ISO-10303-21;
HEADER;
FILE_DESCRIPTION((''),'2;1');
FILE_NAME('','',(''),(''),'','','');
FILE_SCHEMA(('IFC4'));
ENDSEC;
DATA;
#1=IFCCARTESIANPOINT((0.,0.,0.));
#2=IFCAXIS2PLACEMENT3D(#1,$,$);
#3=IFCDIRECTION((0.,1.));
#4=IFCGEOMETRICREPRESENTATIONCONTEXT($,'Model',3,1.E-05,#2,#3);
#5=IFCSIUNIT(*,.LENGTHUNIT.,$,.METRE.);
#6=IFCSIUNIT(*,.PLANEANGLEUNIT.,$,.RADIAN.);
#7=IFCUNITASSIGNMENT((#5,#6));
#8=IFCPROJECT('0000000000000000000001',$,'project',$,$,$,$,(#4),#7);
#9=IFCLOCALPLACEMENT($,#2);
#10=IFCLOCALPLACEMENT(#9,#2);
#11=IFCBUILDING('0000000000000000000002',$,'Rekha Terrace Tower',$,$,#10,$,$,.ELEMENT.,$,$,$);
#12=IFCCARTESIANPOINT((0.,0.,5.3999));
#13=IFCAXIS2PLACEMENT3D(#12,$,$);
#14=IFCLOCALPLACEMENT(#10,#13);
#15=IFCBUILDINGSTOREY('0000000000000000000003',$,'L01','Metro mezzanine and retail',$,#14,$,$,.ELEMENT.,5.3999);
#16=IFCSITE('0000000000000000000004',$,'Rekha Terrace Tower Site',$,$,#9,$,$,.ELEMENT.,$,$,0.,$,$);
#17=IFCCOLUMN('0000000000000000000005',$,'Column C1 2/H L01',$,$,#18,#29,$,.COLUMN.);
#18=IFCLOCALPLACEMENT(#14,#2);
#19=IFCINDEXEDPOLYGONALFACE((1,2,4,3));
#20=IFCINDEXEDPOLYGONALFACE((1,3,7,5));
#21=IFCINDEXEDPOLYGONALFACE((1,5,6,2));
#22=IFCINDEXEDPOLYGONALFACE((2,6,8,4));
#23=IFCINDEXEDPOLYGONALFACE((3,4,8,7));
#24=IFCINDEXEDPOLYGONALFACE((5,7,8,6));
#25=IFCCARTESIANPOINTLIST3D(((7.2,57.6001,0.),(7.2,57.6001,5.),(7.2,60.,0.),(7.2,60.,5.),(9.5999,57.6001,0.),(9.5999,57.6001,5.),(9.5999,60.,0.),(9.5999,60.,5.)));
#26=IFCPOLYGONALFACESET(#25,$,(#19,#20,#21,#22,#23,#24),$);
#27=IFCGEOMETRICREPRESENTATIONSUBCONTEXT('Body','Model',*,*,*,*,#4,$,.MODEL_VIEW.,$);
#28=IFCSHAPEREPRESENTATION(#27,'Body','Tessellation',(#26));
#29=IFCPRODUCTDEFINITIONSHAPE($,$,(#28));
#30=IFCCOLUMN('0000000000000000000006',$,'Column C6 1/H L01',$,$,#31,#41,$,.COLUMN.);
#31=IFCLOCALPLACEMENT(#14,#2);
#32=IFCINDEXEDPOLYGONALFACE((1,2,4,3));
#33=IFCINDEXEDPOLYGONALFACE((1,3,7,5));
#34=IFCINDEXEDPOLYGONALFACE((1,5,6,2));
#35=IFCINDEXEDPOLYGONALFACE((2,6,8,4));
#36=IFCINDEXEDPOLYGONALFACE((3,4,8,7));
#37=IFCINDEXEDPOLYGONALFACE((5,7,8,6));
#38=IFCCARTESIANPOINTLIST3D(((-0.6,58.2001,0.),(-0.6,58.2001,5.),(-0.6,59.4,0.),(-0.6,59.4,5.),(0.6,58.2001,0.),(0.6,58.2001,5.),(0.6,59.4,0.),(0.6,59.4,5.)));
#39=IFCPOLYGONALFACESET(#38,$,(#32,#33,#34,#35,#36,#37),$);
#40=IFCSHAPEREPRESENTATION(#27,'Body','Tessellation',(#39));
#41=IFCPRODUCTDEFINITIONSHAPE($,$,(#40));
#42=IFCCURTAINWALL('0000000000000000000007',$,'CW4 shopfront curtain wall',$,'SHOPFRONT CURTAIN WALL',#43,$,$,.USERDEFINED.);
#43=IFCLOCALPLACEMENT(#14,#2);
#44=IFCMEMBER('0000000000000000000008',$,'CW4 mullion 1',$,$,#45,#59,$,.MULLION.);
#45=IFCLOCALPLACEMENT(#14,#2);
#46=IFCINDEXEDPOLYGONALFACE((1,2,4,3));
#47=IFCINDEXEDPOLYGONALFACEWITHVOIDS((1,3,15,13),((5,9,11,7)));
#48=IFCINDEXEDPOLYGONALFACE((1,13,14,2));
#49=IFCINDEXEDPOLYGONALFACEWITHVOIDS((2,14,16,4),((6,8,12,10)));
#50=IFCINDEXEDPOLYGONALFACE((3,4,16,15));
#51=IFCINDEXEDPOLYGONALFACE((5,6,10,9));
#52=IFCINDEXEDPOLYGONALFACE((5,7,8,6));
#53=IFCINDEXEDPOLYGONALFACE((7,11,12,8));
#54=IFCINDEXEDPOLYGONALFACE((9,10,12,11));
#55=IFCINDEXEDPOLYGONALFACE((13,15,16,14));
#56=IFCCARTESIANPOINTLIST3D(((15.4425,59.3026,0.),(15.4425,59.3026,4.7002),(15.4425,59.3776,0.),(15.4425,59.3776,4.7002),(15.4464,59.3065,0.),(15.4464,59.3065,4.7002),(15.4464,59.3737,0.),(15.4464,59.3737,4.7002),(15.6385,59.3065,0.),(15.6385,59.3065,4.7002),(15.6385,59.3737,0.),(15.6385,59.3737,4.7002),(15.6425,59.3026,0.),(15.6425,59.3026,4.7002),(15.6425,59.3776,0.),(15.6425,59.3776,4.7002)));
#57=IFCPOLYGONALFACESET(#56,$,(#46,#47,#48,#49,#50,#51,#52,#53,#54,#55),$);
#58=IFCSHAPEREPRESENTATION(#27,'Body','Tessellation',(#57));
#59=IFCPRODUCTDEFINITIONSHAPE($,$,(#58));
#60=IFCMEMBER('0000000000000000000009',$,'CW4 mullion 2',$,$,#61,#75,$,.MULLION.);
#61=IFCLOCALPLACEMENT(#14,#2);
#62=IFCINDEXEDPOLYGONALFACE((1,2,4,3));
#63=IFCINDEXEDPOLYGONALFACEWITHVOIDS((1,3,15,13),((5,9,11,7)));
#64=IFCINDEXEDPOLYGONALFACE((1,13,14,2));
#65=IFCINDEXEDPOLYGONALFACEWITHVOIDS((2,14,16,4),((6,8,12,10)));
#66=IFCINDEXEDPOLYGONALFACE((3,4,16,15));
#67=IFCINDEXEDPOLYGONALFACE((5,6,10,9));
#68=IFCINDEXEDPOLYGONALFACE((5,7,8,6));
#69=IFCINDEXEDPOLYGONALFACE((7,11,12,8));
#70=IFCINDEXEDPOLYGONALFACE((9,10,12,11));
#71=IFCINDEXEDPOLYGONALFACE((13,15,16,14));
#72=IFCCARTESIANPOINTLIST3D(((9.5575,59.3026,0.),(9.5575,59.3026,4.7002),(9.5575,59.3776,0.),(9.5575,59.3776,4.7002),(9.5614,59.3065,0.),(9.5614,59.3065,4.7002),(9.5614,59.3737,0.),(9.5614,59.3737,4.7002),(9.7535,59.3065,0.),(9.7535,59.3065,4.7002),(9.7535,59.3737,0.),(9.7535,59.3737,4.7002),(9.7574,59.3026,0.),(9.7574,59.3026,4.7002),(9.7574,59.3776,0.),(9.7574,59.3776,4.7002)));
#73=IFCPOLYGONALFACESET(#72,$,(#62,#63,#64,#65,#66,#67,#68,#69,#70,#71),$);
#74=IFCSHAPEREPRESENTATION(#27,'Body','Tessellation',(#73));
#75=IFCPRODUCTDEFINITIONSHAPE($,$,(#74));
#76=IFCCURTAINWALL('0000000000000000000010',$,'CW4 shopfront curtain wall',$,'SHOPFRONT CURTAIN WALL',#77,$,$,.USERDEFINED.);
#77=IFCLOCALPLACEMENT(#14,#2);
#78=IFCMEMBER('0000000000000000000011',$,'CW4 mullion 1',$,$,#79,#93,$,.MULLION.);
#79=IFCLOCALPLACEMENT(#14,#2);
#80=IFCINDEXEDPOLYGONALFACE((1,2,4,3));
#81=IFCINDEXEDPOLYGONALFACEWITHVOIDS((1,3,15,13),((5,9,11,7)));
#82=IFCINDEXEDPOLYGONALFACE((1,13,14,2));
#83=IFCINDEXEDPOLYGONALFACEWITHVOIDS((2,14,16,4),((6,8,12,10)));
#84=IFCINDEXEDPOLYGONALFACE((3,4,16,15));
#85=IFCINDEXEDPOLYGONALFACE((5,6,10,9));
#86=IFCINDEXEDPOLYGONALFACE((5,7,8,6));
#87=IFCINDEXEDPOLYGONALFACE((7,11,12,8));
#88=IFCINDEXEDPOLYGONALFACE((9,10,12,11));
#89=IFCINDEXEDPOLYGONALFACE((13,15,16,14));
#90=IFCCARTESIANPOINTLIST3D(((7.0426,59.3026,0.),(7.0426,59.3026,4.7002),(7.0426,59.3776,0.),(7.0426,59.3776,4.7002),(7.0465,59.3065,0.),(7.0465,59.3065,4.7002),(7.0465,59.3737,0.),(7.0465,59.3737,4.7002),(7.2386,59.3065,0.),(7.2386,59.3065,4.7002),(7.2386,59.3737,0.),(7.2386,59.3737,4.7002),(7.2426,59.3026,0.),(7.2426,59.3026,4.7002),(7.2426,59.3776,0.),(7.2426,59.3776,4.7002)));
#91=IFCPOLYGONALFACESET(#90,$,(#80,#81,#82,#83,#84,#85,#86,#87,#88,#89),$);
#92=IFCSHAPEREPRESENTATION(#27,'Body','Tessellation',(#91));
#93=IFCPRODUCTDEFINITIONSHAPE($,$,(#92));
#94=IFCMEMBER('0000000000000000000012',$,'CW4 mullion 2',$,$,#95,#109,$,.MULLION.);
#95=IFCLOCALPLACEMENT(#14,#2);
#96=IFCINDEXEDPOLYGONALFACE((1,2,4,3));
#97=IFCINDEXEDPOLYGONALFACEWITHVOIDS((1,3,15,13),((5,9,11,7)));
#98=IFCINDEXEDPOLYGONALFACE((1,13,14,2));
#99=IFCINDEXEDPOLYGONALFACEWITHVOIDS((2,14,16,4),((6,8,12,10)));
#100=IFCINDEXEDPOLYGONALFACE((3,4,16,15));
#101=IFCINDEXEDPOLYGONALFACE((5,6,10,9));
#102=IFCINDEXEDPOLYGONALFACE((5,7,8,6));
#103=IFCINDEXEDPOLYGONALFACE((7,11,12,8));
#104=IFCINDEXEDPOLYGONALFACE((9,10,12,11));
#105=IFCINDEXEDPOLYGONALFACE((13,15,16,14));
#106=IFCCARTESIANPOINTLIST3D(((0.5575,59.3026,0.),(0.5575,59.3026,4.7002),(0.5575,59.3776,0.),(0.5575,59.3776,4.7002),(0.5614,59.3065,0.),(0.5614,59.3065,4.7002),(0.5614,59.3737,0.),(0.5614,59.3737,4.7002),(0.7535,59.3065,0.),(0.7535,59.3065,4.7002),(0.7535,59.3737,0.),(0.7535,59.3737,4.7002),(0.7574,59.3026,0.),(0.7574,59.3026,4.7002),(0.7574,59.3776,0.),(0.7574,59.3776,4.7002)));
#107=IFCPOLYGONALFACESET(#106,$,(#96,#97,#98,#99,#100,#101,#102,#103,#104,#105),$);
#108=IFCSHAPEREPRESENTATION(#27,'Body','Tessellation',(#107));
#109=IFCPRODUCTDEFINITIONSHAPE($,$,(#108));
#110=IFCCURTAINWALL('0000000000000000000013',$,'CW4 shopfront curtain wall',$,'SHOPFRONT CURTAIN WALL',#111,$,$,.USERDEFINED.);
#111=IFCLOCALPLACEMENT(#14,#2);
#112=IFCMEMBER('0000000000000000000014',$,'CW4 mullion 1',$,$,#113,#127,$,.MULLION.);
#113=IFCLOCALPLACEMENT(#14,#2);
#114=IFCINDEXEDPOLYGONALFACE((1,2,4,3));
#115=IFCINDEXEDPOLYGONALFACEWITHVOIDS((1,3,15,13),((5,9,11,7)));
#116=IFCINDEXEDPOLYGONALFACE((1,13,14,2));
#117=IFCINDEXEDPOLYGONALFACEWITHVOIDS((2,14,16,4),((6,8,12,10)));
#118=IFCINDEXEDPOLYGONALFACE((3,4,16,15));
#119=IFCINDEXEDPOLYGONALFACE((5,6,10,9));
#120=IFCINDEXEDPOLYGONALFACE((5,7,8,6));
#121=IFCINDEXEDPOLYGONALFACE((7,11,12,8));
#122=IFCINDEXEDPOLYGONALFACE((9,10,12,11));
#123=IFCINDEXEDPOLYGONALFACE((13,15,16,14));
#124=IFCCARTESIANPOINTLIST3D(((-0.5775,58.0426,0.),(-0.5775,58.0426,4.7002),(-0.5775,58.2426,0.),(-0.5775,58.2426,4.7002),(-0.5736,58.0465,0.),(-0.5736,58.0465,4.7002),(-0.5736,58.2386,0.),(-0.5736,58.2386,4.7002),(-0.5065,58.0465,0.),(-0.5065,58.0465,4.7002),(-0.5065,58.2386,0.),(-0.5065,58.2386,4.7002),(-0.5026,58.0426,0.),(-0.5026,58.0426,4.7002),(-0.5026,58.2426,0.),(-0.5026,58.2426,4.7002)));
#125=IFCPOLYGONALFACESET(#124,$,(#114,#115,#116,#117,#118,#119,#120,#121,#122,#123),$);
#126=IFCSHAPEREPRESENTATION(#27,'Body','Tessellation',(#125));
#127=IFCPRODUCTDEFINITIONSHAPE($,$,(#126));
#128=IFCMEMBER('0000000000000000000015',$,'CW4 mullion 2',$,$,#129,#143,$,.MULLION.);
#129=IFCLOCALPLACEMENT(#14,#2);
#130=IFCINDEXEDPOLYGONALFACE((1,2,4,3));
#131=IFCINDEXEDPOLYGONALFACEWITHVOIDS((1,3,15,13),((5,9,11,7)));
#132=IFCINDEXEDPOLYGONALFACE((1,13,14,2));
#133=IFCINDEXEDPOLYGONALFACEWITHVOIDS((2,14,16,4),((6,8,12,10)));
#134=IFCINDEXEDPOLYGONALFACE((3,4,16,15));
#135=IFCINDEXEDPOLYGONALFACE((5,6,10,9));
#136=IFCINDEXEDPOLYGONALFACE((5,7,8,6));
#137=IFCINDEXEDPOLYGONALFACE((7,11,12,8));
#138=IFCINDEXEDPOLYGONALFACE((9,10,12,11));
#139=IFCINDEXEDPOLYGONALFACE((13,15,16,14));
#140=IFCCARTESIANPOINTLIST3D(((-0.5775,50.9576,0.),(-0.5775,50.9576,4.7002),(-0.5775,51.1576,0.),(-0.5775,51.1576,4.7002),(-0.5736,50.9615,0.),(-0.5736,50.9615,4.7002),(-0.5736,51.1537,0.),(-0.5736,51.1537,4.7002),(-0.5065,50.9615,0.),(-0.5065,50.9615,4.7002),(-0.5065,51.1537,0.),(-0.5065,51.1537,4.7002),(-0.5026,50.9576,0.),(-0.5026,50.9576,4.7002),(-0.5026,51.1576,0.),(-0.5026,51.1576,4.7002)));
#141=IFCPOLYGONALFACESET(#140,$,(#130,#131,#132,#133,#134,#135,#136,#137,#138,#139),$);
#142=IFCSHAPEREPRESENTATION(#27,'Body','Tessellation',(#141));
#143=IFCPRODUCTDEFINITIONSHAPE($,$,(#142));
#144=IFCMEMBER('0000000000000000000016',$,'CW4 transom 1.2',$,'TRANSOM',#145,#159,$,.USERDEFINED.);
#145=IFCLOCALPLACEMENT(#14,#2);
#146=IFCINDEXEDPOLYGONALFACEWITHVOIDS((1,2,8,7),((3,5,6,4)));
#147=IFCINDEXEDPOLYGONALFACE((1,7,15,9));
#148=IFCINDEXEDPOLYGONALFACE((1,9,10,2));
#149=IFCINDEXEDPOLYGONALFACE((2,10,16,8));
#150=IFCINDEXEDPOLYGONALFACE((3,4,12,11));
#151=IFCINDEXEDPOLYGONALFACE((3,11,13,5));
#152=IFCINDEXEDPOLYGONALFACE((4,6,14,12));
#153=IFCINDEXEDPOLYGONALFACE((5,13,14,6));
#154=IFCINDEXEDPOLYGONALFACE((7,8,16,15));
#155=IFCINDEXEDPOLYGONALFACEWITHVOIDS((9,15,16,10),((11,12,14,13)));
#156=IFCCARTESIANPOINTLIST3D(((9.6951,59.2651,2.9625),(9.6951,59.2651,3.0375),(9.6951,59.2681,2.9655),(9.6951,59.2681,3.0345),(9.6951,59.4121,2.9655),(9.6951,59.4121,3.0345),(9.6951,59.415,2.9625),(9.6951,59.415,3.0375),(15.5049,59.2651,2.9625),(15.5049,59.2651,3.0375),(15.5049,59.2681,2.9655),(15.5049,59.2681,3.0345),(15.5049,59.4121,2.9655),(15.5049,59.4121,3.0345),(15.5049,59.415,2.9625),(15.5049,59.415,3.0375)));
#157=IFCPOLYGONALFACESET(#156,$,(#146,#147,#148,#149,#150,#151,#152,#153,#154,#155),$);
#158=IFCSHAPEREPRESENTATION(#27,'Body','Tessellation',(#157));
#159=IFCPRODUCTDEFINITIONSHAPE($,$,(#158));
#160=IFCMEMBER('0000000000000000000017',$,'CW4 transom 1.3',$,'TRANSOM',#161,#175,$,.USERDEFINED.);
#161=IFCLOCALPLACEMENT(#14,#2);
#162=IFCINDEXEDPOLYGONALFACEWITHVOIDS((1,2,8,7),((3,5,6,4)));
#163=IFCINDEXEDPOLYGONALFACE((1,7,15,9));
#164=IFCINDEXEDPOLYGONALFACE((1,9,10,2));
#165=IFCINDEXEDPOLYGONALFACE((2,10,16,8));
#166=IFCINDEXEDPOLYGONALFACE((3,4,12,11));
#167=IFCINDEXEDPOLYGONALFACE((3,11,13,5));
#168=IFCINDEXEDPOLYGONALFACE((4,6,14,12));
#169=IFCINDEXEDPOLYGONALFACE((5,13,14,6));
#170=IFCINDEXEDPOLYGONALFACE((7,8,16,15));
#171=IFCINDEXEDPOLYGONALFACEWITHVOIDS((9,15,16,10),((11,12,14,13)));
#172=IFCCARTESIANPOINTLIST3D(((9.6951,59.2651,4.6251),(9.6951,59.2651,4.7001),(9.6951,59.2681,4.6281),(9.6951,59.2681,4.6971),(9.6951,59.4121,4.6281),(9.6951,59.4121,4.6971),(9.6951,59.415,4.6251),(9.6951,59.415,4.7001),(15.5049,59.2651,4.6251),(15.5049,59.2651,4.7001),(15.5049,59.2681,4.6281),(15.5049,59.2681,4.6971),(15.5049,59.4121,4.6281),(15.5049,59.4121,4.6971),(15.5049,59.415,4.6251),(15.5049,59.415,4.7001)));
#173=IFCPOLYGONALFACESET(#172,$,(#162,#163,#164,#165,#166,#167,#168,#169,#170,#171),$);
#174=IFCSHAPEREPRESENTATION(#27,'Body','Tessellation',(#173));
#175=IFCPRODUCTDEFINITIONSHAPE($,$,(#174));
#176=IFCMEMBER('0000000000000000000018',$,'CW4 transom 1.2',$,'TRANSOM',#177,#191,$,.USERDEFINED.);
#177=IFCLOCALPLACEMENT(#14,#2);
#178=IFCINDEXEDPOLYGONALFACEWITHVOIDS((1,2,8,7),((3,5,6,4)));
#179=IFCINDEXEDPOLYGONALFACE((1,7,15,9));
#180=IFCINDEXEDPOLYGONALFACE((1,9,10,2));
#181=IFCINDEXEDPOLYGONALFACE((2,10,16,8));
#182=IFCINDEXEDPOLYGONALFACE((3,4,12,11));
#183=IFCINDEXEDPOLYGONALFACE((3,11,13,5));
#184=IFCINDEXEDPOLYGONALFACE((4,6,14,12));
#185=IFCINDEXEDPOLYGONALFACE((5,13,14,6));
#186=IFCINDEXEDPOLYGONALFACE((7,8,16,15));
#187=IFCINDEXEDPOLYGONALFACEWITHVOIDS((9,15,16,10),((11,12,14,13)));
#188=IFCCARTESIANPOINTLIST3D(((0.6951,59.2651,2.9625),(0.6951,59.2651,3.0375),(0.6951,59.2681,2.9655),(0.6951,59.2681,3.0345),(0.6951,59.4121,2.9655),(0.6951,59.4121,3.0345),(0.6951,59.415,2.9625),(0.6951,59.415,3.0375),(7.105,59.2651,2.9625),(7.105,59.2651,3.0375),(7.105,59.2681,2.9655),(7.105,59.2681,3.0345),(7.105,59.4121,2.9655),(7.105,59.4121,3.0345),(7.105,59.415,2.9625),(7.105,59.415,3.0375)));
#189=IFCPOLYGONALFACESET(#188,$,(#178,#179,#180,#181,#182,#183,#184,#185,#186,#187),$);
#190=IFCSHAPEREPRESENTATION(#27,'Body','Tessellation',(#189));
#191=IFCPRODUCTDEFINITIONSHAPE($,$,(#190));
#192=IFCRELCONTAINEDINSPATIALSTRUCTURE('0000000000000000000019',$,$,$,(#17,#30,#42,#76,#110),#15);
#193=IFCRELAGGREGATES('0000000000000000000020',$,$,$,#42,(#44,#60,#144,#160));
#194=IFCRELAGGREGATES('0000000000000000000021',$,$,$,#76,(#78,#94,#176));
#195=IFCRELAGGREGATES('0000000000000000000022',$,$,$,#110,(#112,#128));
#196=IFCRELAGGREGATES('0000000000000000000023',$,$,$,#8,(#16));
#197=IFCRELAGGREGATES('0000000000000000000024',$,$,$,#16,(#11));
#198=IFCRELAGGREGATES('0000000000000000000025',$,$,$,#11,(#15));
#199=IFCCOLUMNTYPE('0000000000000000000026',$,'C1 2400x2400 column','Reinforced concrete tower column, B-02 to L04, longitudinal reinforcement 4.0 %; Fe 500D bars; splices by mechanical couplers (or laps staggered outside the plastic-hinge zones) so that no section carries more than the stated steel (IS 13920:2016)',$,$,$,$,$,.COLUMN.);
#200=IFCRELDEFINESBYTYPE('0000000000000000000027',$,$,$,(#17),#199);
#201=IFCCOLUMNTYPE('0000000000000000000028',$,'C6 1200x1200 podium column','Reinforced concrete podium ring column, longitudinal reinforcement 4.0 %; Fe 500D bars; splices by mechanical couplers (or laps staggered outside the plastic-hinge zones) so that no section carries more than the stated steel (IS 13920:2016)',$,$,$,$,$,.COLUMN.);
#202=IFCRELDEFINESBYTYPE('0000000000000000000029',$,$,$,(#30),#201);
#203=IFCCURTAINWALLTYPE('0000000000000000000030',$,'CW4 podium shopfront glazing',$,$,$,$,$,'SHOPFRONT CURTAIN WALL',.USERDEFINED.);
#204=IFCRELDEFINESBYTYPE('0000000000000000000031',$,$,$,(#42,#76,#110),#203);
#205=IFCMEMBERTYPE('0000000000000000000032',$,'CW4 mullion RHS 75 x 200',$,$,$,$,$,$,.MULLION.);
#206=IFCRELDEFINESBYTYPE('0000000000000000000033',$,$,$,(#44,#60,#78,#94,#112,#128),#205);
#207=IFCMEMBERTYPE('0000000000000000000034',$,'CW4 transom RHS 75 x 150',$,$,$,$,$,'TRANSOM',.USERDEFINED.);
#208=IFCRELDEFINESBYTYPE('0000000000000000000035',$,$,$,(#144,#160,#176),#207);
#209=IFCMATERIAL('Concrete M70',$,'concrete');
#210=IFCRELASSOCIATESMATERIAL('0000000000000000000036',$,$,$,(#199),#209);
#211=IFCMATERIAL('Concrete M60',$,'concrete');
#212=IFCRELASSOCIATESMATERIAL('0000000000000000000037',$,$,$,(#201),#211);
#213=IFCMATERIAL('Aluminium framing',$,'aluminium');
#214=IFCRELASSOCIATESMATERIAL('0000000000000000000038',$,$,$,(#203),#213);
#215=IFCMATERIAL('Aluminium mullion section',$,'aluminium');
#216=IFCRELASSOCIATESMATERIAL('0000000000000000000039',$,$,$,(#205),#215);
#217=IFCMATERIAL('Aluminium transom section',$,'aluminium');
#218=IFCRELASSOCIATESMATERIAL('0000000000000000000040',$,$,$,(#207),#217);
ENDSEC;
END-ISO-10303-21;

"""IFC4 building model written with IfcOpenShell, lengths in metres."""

from ifc_helpers import new_model, si_unit, direction, frame, origin, origin_2d, place, context, subcontext, project, spatial, rectangle, hollow_rectangle, extrude, material, material_profile, profile_set, type_object, element, aggregate, save


model = new_model("IFC4")

# Units and contexts
model_context = context("Model", 3, precision=1e-05, world=origin(), true_north=direction((0.0, 1.0)))
body_context = subcontext(model_context, "Body", "Model", "MODEL_VIEW")
ifc_project = project(units=[si_unit("LENGTHUNIT", "METRE"), si_unit("PLANEANGLEUNIT", "RADIAN")], contexts=[model_context])

# Site, building, storey
site_placement = place(None, origin())
site = spatial("IfcSite", under=ifc_project, at=site_placement, Name="Rekha Terrace Tower Site", CompositionType="ELEMENT", RefElevation=0.0)
building_placement = place(site_placement, origin())
building = spatial("IfcBuilding", under=site, at=building_placement, Name="Rekha Terrace Tower", CompositionType="ELEMENT")
storey_placement = place(building_placement, frame((0.0, 0.0, 5.3999)))
storey = spatial("IfcBuildingStorey", under=building, at=storey_placement, Name="L01", Description="Metro mezzanine and retail", CompositionType="ELEMENT", Elevation=5.3999)

# Columns
ifc_material_1 = material(Name="Concrete M70", Category="concrete")
ifc_material_profile_1 = material_profile(ifc_material_1, rectangle(XDim=2.3999, YDim=2.3999, at=origin_2d()), Name="RC 2400x2400")
ifc_profile_set_1 = profile_set([ifc_material_profile_1], Name="Concrete M70")
column_type_1 = type_object("IfcColumnType", Name="C1 2400x2400 column", Description="Reinforced concrete tower column, B-02 to L04, longitudinal reinforcement 4.0 %; Fe 500D bars; splices by mechanical couplers (or laps staggered outside the plastic-hinge zones) so that no section carries more than the stated steel (IS 13920:2016)", PredefinedType="COLUMN", material=ifc_profile_set_1)
column_1_placement = place(storey_placement, frame((8.3999, 58.8, 0.0), z_axis=(0.0, 0.0, 1.0), x_axis=(1.0, 0.0, 0.0)))
element("IfcColumn", 1, at=column_1_placement, inside=storey, type_object=column_type_1, Name="Column C1 2/H L01", PredefinedType="COLUMN", context=body_context, shape_type="SweptSolid", body=[
    extrude(rectangle(XDim=2.3999, YDim=2.3999, at=origin_2d()), origin(), (0.0, 0.0, 1.0), 5.0),
])
ifc_material_2 = material(Name="Concrete M60", Category="concrete")
ifc_material_profile_2 = material_profile(ifc_material_2, rectangle(XDim=1.2, YDim=1.2, at=origin_2d()), Name="RC 1200x1200")
ifc_profile_set_2 = profile_set([ifc_material_profile_2], Name="Concrete M60")
column_type_2 = type_object("IfcColumnType", Name="C6 1200x1200 podium column", Description="Reinforced concrete podium ring column, longitudinal reinforcement 4.0 %; Fe 500D bars; splices by mechanical couplers (or laps staggered outside the plastic-hinge zones) so that no section carries more than the stated steel (IS 13920:2016)", PredefinedType="COLUMN", material=ifc_profile_set_2)
column_2_placement = place(storey_placement, frame((0.0, 58.8, 0.0), z_axis=(0.0, 0.0, 1.0), x_axis=(1.0, 0.0, 0.0)))
element("IfcColumn", 2, at=column_2_placement, inside=storey, type_object=column_type_2, Name="Column C6 1/H L01", PredefinedType="COLUMN", context=body_context, shape_type="SweptSolid", body=[
    extrude(rectangle(XDim=1.2, YDim=1.2, at=origin_2d()), origin(), (0.0, 0.0, 1.0), 5.0),
])

# Curtain walls, members
ifc_material_3 = material(Name="Aluminium framing", Category="aluminium")
curtain_wall_type = type_object("IfcCurtainWallType", Name="CW4 podium shopfront glazing", ElementType="SHOPFRONT CURTAIN WALL", PredefinedType="USERDEFINED", material=ifc_material_3)
curtain_wall_1_placement = place(storey_placement, origin())
curtain_wall_1 = element("IfcCurtainWall", 3, at=curtain_wall_1_placement, inside=storey, type_object=curtain_wall_type, Name="CW4 shopfront curtain wall", ObjectType="SHOPFRONT CURTAIN WALL", PredefinedType="USERDEFINED")
ifc_material_4 = material(Name="Aluminium mullion section", Category="aluminium")
ifc_material_profile_3 = material_profile(ifc_material_4, hollow_rectangle(XDim=0.075, YDim=0.2, WallThickness=0.0039, at=origin_2d()), Name="AL RHS 75x200")
ifc_profile_set_3 = profile_set([ifc_material_profile_3], Name="Aluminium mullion section")
member_type_1 = type_object("IfcMemberType", Name="CW4 mullion RHS 75 x 200", PredefinedType="MULLION", material=ifc_profile_set_3)
member_1_placement = place(storey_placement, frame((15.5425, 59.3401, 0.0), z_axis=(0.0, 0.0, 1.0), x_axis=(0.0, -1.0, 0.0)))
member_1 = element("IfcMember", 4, at=member_1_placement, type_object=member_type_1, Name="CW4 mullion 1", PredefinedType="MULLION", context=body_context, shape_type="SweptSolid", body=[
    extrude(hollow_rectangle(XDim=0.075, YDim=0.2, WallThickness=0.0039, at=origin_2d()), origin(), (0.0, 0.0, 1.0), 4.7002),
])
member_2_placement = place(storey_placement, frame((9.6575, 59.3401, 0.0), z_axis=(0.0, 0.0, 1.0), x_axis=(0.0, -1.0, 0.0)))
member_2 = element("IfcMember", 5, at=member_2_placement, type_object=member_type_1, Name="CW4 mullion 2", PredefinedType="MULLION", context=body_context, shape_type="SweptSolid", body=[
    extrude(hollow_rectangle(XDim=0.075, YDim=0.2, WallThickness=0.0039, at=origin_2d()), origin(), (0.0, 0.0, 1.0), 4.7002),
])
curtain_wall_2_placement = place(storey_placement, origin())
curtain_wall_2 = element("IfcCurtainWall", 6, at=curtain_wall_2_placement, inside=storey, type_object=curtain_wall_type, Name="CW4 shopfront curtain wall", ObjectType="SHOPFRONT CURTAIN WALL", PredefinedType="USERDEFINED")
member_3_placement = place(storey_placement, frame((7.1426, 59.3401, 0.0), z_axis=(0.0, 0.0, 1.0), x_axis=(0.0, -1.0, 0.0)))
member_3 = element("IfcMember", 7, at=member_3_placement, type_object=member_type_1, Name="CW4 mullion 1", PredefinedType="MULLION", context=body_context, shape_type="SweptSolid", body=[
    extrude(hollow_rectangle(XDim=0.075, YDim=0.2, WallThickness=0.0039, at=origin_2d()), origin(), (0.0, 0.0, 1.0), 4.7002),
])
member_4_placement = place(storey_placement, frame((0.6575, 59.3401, 0.0), z_axis=(0.0, 0.0, 1.0), x_axis=(0.0, -1.0, 0.0)))
member_4 = element("IfcMember", 8, at=member_4_placement, type_object=member_type_1, Name="CW4 mullion 2", PredefinedType="MULLION", context=body_context, shape_type="SweptSolid", body=[
    extrude(hollow_rectangle(XDim=0.075, YDim=0.2, WallThickness=0.0039, at=origin_2d()), origin(), (0.0, 0.0, 1.0), 4.7002),
])
curtain_wall_3_placement = place(storey_placement, origin())
curtain_wall_3 = element("IfcCurtainWall", 9, at=curtain_wall_3_placement, inside=storey, type_object=curtain_wall_type, Name="CW4 shopfront curtain wall", ObjectType="SHOPFRONT CURTAIN WALL", PredefinedType="USERDEFINED")
member_5_placement = place(storey_placement, frame((-0.54, 58.1426, 0.0), z_axis=(0.0, 0.0, 1.0), x_axis=(1.0, 0.0, 0.0)))
member_5 = element("IfcMember", 10, at=member_5_placement, type_object=member_type_1, Name="CW4 mullion 1", PredefinedType="MULLION", context=body_context, shape_type="SweptSolid", body=[
    extrude(hollow_rectangle(XDim=0.075, YDim=0.2, WallThickness=0.0039, at=origin_2d()), origin(), (0.0, 0.0, 1.0), 4.7002),
])
member_6_placement = place(storey_placement, frame((-0.54, 51.0576, 0.0), z_axis=(0.0, 0.0, 1.0), x_axis=(1.0, 0.0, 0.0)))
member_6 = element("IfcMember", 11, at=member_6_placement, type_object=member_type_1, Name="CW4 mullion 2", PredefinedType="MULLION", context=body_context, shape_type="SweptSolid", body=[
    extrude(hollow_rectangle(XDim=0.075, YDim=0.2, WallThickness=0.0039, at=origin_2d()), origin(), (0.0, 0.0, 1.0), 4.7002),
])

# Members
ifc_material_5 = material(Name="Aluminium transom section", Category="aluminium")
ifc_material_profile_4 = material_profile(ifc_material_5, hollow_rectangle(XDim=0.1499, YDim=0.075, WallThickness=0.0029, at=origin_2d()), Name="AL RHS 150x75")
ifc_profile_set_4 = profile_set([ifc_material_profile_4], Name="Aluminium transom section")
member_type_2 = type_object("IfcMemberType", Name="CW4 transom RHS 75 x 150", ElementType="TRANSOM", PredefinedType="USERDEFINED", material=ifc_profile_set_4)
member_7_placement = place(storey_placement, frame((15.5049, 59.3401, 3.0), z_axis=(-1.0, 0.0, 0.0), x_axis=(0.0, -1.0, 0.0)))
member_7 = element("IfcMember", 12, at=member_7_placement, type_object=member_type_2, Name="CW4 transom 1.2", ObjectType="TRANSOM", PredefinedType="USERDEFINED", context=body_context, shape_type="SweptSolid", body=[
    extrude(hollow_rectangle(XDim=0.1499, YDim=0.075, WallThickness=0.0029, at=origin_2d()), origin(), (0.0, 0.0, 1.0), 5.8098),
])
member_8_placement = place(storey_placement, frame((15.5049, 59.3401, 4.6626), z_axis=(-1.0, 0.0, 0.0), x_axis=(0.0, -1.0, 0.0)))
member_8 = element("IfcMember", 13, at=member_8_placement, type_object=member_type_2, Name="CW4 transom 1.3", ObjectType="TRANSOM", PredefinedType="USERDEFINED", context=body_context, shape_type="SweptSolid", body=[
    extrude(hollow_rectangle(XDim=0.1499, YDim=0.075, WallThickness=0.0029, at=origin_2d()), origin(), (0.0, 0.0, 1.0), 5.8098),
])
member_9_placement = place(storey_placement, frame((7.105, 59.3401, 3.0), z_axis=(-1.0, 0.0, 0.0), x_axis=(0.0, -1.0, 0.0)))
member_9 = element("IfcMember", 14, at=member_9_placement, type_object=member_type_2, Name="CW4 transom 1.2", ObjectType="TRANSOM", PredefinedType="USERDEFINED", context=body_context, shape_type="SweptSolid", body=[
    extrude(hollow_rectangle(XDim=0.1499, YDim=0.075, WallThickness=0.0029, at=origin_2d()), origin(), (0.0, 0.0, 1.0), 6.4099),
])

aggregate(curtain_wall_1, [member_1, member_2, member_7, member_8])
aggregate(curtain_wall_2, [member_3, member_4, member_9])
aggregate(curtain_wall_3, [member_5, member_6])

save(model, "model.ifc")
